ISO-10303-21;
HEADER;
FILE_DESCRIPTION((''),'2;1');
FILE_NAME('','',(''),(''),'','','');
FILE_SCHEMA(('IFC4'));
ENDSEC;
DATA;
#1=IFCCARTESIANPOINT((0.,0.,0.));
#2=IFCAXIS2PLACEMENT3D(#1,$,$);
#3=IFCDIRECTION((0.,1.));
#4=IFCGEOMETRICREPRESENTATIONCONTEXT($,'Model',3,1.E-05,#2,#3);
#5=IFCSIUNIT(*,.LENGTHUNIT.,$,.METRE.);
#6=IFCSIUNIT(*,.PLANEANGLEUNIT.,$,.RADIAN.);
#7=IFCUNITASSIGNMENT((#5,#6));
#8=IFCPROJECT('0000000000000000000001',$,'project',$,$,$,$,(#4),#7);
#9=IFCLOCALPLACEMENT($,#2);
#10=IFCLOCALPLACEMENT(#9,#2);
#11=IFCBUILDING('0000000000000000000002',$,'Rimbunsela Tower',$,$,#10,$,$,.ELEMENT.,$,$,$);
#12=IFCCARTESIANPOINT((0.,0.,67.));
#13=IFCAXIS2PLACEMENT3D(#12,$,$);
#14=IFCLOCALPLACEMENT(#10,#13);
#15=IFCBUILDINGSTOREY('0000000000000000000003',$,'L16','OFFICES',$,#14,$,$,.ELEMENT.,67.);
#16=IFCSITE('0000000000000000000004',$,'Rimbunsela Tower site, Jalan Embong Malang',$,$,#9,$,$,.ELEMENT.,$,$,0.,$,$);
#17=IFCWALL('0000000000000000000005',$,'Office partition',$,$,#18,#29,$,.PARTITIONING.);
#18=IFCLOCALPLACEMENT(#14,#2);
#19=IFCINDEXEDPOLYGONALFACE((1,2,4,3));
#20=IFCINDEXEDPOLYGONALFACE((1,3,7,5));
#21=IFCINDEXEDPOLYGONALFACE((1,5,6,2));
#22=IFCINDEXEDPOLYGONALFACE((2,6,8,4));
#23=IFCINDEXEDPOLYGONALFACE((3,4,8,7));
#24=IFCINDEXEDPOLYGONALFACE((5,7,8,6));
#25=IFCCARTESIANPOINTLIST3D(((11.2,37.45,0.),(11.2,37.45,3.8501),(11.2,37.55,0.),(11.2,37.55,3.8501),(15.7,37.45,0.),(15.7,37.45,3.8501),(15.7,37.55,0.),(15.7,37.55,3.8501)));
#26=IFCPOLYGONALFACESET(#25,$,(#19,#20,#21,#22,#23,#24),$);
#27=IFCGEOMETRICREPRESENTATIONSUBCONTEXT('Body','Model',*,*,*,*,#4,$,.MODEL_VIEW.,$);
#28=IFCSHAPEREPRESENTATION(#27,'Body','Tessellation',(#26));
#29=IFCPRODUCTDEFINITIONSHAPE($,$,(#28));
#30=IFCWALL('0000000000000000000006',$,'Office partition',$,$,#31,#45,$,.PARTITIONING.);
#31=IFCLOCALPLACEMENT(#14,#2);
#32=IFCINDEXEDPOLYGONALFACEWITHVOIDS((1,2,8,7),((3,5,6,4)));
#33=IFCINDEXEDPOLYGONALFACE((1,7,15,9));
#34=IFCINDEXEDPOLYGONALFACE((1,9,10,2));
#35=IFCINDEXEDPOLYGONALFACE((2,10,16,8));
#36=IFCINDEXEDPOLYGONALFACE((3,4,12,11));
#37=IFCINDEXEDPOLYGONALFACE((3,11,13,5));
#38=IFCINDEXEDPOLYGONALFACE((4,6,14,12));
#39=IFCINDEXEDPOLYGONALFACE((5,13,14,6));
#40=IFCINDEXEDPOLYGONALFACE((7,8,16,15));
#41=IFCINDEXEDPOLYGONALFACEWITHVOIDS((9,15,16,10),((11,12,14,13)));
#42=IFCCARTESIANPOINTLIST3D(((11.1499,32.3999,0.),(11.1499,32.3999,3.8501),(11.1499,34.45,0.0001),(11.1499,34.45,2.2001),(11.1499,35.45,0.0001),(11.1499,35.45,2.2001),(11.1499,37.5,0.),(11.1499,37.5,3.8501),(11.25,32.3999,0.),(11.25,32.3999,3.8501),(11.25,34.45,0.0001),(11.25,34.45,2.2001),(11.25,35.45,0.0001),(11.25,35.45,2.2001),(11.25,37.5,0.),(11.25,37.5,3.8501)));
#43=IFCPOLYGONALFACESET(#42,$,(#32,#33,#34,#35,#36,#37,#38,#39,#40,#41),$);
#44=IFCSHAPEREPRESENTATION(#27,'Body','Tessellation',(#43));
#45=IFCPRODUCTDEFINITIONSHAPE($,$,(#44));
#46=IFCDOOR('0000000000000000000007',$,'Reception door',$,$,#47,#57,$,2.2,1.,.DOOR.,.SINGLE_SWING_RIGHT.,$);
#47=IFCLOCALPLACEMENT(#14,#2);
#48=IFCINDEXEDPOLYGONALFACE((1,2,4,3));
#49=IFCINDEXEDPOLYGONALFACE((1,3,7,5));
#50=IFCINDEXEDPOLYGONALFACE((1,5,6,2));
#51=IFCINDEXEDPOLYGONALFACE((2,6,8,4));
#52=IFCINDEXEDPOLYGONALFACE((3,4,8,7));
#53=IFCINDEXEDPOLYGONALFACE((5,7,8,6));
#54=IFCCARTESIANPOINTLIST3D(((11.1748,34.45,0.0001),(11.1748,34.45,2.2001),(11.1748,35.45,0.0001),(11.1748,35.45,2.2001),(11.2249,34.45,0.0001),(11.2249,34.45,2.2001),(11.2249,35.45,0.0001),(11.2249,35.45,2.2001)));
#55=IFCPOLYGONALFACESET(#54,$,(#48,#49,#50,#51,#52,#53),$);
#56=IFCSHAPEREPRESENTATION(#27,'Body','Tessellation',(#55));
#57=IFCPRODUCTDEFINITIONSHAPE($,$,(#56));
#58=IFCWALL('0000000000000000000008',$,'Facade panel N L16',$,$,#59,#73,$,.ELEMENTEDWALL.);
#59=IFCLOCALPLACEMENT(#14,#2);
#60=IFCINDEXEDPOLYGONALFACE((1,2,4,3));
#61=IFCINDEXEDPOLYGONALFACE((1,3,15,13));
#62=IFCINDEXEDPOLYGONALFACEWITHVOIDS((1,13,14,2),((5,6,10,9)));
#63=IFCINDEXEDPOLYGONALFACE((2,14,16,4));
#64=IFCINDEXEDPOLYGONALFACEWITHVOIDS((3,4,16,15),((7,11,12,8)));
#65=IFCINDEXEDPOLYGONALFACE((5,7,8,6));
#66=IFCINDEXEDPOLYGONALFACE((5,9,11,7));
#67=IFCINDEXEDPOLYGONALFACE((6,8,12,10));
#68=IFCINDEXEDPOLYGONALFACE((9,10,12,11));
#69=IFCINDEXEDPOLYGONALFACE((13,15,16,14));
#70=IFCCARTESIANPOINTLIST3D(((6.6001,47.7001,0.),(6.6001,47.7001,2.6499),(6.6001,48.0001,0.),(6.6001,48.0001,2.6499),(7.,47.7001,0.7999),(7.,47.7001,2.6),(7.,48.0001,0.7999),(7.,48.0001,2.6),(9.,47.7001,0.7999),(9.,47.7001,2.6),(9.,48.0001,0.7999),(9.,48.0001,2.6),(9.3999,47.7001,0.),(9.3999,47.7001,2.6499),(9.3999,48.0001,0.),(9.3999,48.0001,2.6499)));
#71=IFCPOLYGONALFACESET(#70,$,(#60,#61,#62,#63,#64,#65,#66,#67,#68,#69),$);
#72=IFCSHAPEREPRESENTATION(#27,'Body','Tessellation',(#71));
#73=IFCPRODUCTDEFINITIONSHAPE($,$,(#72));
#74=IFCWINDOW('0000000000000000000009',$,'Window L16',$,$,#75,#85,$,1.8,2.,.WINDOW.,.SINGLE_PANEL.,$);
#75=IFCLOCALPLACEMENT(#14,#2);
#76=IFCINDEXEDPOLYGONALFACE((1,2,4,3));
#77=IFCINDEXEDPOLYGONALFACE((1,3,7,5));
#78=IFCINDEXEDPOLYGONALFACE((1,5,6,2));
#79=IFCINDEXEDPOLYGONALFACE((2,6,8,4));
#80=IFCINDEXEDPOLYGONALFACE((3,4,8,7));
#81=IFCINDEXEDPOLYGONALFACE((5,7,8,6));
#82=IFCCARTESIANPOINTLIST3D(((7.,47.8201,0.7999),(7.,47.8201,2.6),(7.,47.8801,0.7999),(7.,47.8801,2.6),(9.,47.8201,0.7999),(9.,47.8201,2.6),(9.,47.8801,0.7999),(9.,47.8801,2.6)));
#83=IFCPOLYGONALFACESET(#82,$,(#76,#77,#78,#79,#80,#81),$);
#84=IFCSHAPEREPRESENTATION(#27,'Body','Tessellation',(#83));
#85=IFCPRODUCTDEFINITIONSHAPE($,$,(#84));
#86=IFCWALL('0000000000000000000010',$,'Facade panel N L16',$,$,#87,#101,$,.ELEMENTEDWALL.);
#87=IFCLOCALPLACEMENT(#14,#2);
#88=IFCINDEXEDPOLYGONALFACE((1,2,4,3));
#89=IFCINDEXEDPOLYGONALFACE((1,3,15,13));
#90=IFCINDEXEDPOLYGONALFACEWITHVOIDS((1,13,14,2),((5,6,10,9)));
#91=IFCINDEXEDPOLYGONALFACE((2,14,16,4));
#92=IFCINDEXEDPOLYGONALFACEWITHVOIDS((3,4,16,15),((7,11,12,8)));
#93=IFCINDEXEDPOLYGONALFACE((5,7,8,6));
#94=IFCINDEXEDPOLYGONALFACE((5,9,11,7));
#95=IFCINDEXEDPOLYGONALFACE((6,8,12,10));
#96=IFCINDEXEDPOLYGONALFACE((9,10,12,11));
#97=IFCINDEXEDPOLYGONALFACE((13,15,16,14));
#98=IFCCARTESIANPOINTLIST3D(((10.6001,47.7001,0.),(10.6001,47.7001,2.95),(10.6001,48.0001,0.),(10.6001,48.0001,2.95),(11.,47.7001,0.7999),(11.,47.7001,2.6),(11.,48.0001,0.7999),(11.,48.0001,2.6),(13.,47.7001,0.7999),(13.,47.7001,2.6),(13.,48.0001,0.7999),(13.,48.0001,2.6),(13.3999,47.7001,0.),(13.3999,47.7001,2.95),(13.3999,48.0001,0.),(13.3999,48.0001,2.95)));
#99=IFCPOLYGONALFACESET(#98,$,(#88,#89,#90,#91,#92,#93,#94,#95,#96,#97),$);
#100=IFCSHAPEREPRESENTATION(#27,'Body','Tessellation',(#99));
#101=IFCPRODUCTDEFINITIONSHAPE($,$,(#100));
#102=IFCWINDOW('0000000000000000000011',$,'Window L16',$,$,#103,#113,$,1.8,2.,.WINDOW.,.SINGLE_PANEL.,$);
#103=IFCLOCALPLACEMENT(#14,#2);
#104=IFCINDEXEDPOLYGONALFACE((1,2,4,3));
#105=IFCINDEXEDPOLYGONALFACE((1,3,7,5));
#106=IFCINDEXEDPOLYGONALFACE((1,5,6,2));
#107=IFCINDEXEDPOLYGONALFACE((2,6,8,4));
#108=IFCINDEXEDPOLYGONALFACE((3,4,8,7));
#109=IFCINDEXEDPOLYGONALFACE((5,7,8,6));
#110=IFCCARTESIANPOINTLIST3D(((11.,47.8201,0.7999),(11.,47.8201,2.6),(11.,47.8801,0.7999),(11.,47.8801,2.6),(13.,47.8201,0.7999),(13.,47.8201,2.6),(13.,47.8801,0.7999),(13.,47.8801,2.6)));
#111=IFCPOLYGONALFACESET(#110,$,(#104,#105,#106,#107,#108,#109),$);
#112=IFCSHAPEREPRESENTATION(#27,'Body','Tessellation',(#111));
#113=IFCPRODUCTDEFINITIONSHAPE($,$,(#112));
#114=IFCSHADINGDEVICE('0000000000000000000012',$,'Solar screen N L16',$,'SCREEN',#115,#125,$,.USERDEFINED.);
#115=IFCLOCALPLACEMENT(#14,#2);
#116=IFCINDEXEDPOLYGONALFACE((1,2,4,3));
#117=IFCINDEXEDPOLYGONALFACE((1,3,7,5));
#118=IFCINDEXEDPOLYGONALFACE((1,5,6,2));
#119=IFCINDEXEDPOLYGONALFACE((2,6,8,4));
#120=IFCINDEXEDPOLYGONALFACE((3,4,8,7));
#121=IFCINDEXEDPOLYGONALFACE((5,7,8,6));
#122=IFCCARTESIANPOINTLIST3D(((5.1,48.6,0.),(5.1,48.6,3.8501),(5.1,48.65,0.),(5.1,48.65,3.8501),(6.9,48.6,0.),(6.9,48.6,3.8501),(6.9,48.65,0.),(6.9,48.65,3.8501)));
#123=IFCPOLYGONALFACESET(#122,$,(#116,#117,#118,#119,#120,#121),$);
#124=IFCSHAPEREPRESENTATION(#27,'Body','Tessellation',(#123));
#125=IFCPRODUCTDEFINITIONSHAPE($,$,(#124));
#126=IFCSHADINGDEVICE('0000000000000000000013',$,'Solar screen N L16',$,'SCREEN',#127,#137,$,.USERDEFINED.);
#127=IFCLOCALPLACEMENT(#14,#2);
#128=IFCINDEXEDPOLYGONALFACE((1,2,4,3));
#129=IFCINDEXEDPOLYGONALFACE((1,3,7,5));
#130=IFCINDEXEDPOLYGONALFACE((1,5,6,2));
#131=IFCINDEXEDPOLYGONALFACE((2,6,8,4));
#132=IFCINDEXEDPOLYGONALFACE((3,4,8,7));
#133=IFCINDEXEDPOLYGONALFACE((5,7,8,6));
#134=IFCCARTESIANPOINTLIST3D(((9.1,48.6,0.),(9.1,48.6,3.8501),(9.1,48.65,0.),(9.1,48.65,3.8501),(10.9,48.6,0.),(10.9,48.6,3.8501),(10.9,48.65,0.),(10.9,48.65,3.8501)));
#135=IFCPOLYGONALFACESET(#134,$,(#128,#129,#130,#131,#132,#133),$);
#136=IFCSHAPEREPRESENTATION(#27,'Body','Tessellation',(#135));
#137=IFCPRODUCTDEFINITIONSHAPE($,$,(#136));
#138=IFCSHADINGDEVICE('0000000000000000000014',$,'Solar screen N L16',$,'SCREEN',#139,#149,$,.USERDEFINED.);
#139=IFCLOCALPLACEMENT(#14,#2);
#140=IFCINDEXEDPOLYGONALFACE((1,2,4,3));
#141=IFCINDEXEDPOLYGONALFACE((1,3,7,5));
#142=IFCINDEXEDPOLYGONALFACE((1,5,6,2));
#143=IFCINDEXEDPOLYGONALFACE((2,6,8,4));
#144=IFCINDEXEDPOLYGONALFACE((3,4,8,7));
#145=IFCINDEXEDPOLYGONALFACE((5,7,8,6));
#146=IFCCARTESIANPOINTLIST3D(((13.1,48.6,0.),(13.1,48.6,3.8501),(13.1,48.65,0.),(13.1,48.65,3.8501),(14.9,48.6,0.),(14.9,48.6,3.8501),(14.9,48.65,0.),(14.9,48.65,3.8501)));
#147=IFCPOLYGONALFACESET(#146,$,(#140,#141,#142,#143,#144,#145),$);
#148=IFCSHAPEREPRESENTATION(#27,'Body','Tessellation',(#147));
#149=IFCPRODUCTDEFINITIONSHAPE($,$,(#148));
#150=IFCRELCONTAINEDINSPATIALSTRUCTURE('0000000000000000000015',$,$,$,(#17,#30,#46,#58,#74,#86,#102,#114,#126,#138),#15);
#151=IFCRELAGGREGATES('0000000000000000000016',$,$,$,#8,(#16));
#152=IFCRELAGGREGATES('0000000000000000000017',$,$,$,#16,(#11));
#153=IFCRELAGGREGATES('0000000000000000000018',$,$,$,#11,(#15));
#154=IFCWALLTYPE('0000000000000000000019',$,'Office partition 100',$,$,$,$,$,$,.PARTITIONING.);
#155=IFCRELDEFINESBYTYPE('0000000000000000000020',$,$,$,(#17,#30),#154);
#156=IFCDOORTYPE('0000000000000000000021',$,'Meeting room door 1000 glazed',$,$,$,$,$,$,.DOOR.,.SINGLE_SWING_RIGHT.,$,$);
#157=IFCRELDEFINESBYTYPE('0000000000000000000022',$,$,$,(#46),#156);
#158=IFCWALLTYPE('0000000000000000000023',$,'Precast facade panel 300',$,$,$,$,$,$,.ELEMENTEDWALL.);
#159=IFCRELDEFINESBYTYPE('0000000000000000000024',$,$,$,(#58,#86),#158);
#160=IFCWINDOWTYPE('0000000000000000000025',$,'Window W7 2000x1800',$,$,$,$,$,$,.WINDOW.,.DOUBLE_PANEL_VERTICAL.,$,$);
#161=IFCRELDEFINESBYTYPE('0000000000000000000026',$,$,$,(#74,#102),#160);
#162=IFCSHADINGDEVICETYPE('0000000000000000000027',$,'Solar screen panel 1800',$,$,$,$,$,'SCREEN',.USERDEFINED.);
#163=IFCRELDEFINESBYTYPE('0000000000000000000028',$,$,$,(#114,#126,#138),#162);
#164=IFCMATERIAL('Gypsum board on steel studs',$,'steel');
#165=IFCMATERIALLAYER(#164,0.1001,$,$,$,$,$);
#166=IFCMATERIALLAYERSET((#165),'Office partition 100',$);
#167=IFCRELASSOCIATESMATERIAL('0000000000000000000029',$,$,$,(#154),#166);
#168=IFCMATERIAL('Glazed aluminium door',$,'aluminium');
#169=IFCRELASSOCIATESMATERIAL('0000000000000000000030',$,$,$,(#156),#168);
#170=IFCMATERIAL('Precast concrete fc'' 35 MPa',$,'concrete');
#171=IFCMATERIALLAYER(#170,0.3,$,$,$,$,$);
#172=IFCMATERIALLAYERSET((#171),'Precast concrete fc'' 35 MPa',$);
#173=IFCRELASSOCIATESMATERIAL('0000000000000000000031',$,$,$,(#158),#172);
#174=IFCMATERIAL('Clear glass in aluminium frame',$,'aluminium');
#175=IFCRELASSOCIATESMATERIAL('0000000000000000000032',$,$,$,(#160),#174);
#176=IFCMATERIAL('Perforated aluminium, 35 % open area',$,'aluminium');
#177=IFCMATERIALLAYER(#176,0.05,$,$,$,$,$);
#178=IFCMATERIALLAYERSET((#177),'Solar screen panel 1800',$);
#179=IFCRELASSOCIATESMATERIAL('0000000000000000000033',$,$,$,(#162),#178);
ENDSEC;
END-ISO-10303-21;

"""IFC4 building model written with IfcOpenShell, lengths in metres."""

from ifc_helpers import new_model, si_unit, direction, frame, frame_2d, origin, origin_2d, place, context, subcontext, project, spatial, rectangle, extrude, material, layer, layer_set, type_object, element, fill, save


model = new_model("IFC4")

# Units and contexts
model_context = context("Model", 3, precision=1e-05, world=origin(), true_north=direction((0.0, 1.0)))
body_context = subcontext(model_context, "Body", "Model", "MODEL_VIEW")
ifc_project = project(units=[si_unit("LENGTHUNIT", "METRE"), si_unit("PLANEANGLEUNIT", "RADIAN")], contexts=[model_context])

# Site, building, storey
site_placement = place(None, origin())
site = spatial("IfcSite", under=ifc_project, at=site_placement, Name="Rimbunsela Tower site, Jalan Embong Malang", CompositionType="ELEMENT", RefElevation=0.0)
building_placement = place(site_placement, origin())
building = spatial("IfcBuilding", under=site, at=building_placement, Name="Rimbunsela Tower", CompositionType="ELEMENT")
storey_placement = place(building_placement, frame((0.0, 0.0, 67.0)))
storey = spatial("IfcBuildingStorey", under=building, at=storey_placement, Name="L16", Description="OFFICES", CompositionType="ELEMENT", Elevation=67.0)

# Wall
ifc_material_1 = material(Name="Gypsum board on steel studs", Category="steel")
ifc_layer_1 = layer(ifc_material_1, 0.1001)
ifc_layer_set_1 = layer_set([ifc_layer_1], Name="Office partition 100")
wall_type_1 = type_object("IfcWallType", Name="Office partition 100", PredefinedType="PARTITIONING", material=ifc_layer_set_1)
wall_1_placement = place(storey_placement, frame((15.7, 37.5, 0.0), z_axis=(0.0, 0.0, 1.0), x_axis=(-1.0, 0.0, 0.0)))
element("IfcWall", 1, at=wall_1_placement, inside=storey, type_object=wall_type_1, Name="Office partition", PredefinedType="PARTITIONING", context=body_context, shape_type="SweptSolid", body=[
    extrude(rectangle(XDim=4.5, YDim=0.1001, at=frame_2d((2.25, 0.0))), origin(), (0.0, 0.0, 1.0), 3.8501),
])

# Wall, opening, door
wall_2_placement = place(storey_placement, frame((11.2, 37.5, 0.0), z_axis=(0.0, 0.0, 1.0), x_axis=(0.0, -1.0, 0.0)))
wall_2 = element("IfcWall", 2, at=wall_2_placement, inside=storey, type_object=wall_type_1, Name="Office partition", PredefinedType="PARTITIONING", context=body_context, shape_type="SweptSolid", body=[
    extrude(rectangle(XDim=5.1001, YDim=0.1001, at=frame_2d((2.55, 0.0))), origin(), (0.0, 0.0, 1.0), 3.8501),
])
opening_1_placement = place(wall_2_placement, frame((2.05, 0.0, 0.0)))
opening_1 = element("IfcOpeningElement", 3, at=opening_1_placement, cuts=wall_2, PredefinedType="OPENING", context=body_context, shape_type="SweptSolid", body=[
    extrude(rectangle(XDim=1.0, YDim=2.2, at=frame_2d((0.5, 1.1001))), frame((0.0, 0.0601, 0.0), z_axis=(0.0, -1.0, 0.0), x_axis=(1.0, 0.0, 0.0)), (0.0, 0.0, 1.0), 0.1201),
])
ifc_material_2 = material(Name="Glazed aluminium door", Category="aluminium")
door_type = type_object("IfcDoorType", Name="Meeting room door 1000 glazed", OperationType="SINGLE_SWING_RIGHT", PredefinedType="DOOR", material=ifc_material_2)
door_placement = place(opening_1_placement, origin())
door = element("IfcDoor", 4, at=door_placement, inside=storey, type_object=door_type, Name="Reception door", OperationType="SINGLE_SWING_RIGHT", OverallHeight=2.2, OverallWidth=1.0, PredefinedType="DOOR", context=body_context, shape_type="SweptSolid", body=[
    extrude(rectangle(XDim=1.0, YDim=2.2, at=frame_2d((0.5, 1.1001))), frame((0.0, 0.0249, 0.0), z_axis=(0.0, -1.0, 0.0), x_axis=(1.0, 0.0, 0.0)), (0.0, 0.0, 1.0), 0.05),
])
fill(opening_1, door)

# Walls, openings, windows
ifc_material_3 = material(Name="Precast concrete fc' 35 MPa", Category="concrete")
ifc_layer_2 = layer(ifc_material_3, 0.3)
ifc_layer_set_2 = layer_set([ifc_layer_2], Name="Precast concrete fc' 35 MPa")
wall_type_2 = type_object("IfcWallType", Name="Precast facade panel 300", PredefinedType="ELEMENTEDWALL", material=ifc_layer_set_2)
wall_3_placement = place(storey_placement, frame((9.3999, 47.8501, 0.0), z_axis=(0.0, 0.0, 1.0), x_axis=(-1.0, 0.0, 0.0)))
wall_3 = element("IfcWall", 5, at=wall_3_placement, inside=storey, type_object=wall_type_2, Name="Facade panel N L16", PredefinedType="ELEMENTEDWALL", context=body_context, shape_type="SweptSolid", body=[
    extrude(rectangle(XDim=2.7998, YDim=0.3, at=frame_2d((1.3999, 0.0))), origin(), (0.0, 0.0, 1.0), 2.6499),
])
opening_2_placement = place(wall_3_placement, frame((0.3999, 0.0, 0.8)))
opening_2 = element("IfcOpeningElement", 6, at=opening_2_placement, cuts=wall_3, PredefinedType="OPENING", context=body_context, shape_type="SweptSolid", body=[
    extrude(rectangle(XDim=2.0, YDim=1.8, at=frame_2d((1.0, 0.8999))), frame((0.0, 0.1599, 0.0), z_axis=(0.0, -1.0, 0.0), x_axis=(1.0, 0.0, 0.0)), (0.0, 0.0, 1.0), 0.3201),
])
ifc_material_4 = material(Name="Clear glass in aluminium frame", Category="aluminium")
window_type = type_object("IfcWindowType", Name="Window W7 2000x1800", PartitioningType="DOUBLE_PANEL_VERTICAL", PredefinedType="WINDOW", material=ifc_material_4)
window_1_placement = place(opening_2_placement, origin())
window_1 = element("IfcWindow", 7, at=window_1_placement, inside=storey, type_object=window_type, Name="Window L16", OverallHeight=1.8, OverallWidth=2.0, PartitioningType="SINGLE_PANEL", PredefinedType="WINDOW", context=body_context, shape_type="SweptSolid", body=[
    extrude(rectangle(XDim=2.0, YDim=1.8, at=frame_2d((1.0, 0.8999))), frame((0.0, 0.03, 0.0), z_axis=(0.0, -1.0, 0.0), x_axis=(1.0, 0.0, 0.0)), (0.0, 0.0, 1.0), 0.0601),
])
fill(opening_2, window_1)
wall_4_placement = place(storey_placement, frame((13.3999, 47.8501, 0.0), z_axis=(0.0, 0.0, 1.0), x_axis=(-1.0, 0.0, 0.0)))
wall_4 = element("IfcWall", 8, at=wall_4_placement, inside=storey, type_object=wall_type_2, Name="Facade panel N L16", PredefinedType="ELEMENTEDWALL", context=body_context, shape_type="SweptSolid", body=[
    extrude(rectangle(XDim=2.7998, YDim=0.3, at=frame_2d((1.3999, 0.0))), origin(), (0.0, 0.0, 1.0), 2.95),
])
opening_3_placement = place(wall_4_placement, frame((0.3999, 0.0, 0.8)))
opening_3 = element("IfcOpeningElement", 9, at=opening_3_placement, cuts=wall_4, PredefinedType="OPENING", context=body_context, shape_type="SweptSolid", body=[
    extrude(rectangle(XDim=2.0, YDim=1.8, at=frame_2d((1.0, 0.8999))), frame((0.0, 0.1599, 0.0), z_axis=(0.0, -1.0, 0.0), x_axis=(1.0, 0.0, 0.0)), (0.0, 0.0, 1.0), 0.3201),
])
window_2_placement = place(opening_3_placement, origin())
window_2 = element("IfcWindow", 10, at=window_2_placement, inside=storey, type_object=window_type, Name="Window L16", OverallHeight=1.8, OverallWidth=2.0, PartitioningType="SINGLE_PANEL", PredefinedType="WINDOW", context=body_context, shape_type="SweptSolid", body=[
    extrude(rectangle(XDim=2.0, YDim=1.8, at=frame_2d((1.0, 0.8999))), frame((0.0, 0.03, 0.0), z_axis=(0.0, -1.0, 0.0), x_axis=(1.0, 0.0, 0.0)), (0.0, 0.0, 1.0), 0.0601),
])
fill(opening_3, window_2)

# Shading devices
ifc_material_5 = material(Name="Perforated aluminium, 35 % open area", Category="aluminium")
ifc_layer_3 = layer(ifc_material_5, 0.05)
ifc_layer_set_3 = layer_set([ifc_layer_3], Name="Solar screen panel 1800")
shading_device_type = type_object("IfcShadingDeviceType", Name="Solar screen panel 1800", ElementType="SCREEN", PredefinedType="USERDEFINED", material=ifc_layer_set_3)
for number, where, z_axis, x_axis, name in (
    (11, (6.0, 48.625, 0.0), (0.0, 0.0, 1.0), (1.0, 0.0, 0.0), "Solar screen N L16"),
    (12, (10.0, 48.625, 0.0), (0.0, 0.0, 1.0), (1.0, 0.0, 0.0), "Solar screen N L16"),
    (13, (14.0, 48.625, 0.0), (0.0, 0.0, 1.0), (1.0, 0.0, 0.0), "Solar screen N L16"),
):
    element("IfcShadingDevice", number, at=place(storey_placement, frame(where, z_axis=z_axis, x_axis=x_axis)), inside=storey, type_object=shading_device_type, Name=name, ObjectType="SCREEN", PredefinedType="USERDEFINED", context=body_context, shape_type="SweptSolid", body=[
        extrude(rectangle(XDim=1.8, YDim=0.05, at=origin_2d()), origin(), (0.0, 0.0, 1.0), 3.8501),
    ])

save(model, "model.ifc")
